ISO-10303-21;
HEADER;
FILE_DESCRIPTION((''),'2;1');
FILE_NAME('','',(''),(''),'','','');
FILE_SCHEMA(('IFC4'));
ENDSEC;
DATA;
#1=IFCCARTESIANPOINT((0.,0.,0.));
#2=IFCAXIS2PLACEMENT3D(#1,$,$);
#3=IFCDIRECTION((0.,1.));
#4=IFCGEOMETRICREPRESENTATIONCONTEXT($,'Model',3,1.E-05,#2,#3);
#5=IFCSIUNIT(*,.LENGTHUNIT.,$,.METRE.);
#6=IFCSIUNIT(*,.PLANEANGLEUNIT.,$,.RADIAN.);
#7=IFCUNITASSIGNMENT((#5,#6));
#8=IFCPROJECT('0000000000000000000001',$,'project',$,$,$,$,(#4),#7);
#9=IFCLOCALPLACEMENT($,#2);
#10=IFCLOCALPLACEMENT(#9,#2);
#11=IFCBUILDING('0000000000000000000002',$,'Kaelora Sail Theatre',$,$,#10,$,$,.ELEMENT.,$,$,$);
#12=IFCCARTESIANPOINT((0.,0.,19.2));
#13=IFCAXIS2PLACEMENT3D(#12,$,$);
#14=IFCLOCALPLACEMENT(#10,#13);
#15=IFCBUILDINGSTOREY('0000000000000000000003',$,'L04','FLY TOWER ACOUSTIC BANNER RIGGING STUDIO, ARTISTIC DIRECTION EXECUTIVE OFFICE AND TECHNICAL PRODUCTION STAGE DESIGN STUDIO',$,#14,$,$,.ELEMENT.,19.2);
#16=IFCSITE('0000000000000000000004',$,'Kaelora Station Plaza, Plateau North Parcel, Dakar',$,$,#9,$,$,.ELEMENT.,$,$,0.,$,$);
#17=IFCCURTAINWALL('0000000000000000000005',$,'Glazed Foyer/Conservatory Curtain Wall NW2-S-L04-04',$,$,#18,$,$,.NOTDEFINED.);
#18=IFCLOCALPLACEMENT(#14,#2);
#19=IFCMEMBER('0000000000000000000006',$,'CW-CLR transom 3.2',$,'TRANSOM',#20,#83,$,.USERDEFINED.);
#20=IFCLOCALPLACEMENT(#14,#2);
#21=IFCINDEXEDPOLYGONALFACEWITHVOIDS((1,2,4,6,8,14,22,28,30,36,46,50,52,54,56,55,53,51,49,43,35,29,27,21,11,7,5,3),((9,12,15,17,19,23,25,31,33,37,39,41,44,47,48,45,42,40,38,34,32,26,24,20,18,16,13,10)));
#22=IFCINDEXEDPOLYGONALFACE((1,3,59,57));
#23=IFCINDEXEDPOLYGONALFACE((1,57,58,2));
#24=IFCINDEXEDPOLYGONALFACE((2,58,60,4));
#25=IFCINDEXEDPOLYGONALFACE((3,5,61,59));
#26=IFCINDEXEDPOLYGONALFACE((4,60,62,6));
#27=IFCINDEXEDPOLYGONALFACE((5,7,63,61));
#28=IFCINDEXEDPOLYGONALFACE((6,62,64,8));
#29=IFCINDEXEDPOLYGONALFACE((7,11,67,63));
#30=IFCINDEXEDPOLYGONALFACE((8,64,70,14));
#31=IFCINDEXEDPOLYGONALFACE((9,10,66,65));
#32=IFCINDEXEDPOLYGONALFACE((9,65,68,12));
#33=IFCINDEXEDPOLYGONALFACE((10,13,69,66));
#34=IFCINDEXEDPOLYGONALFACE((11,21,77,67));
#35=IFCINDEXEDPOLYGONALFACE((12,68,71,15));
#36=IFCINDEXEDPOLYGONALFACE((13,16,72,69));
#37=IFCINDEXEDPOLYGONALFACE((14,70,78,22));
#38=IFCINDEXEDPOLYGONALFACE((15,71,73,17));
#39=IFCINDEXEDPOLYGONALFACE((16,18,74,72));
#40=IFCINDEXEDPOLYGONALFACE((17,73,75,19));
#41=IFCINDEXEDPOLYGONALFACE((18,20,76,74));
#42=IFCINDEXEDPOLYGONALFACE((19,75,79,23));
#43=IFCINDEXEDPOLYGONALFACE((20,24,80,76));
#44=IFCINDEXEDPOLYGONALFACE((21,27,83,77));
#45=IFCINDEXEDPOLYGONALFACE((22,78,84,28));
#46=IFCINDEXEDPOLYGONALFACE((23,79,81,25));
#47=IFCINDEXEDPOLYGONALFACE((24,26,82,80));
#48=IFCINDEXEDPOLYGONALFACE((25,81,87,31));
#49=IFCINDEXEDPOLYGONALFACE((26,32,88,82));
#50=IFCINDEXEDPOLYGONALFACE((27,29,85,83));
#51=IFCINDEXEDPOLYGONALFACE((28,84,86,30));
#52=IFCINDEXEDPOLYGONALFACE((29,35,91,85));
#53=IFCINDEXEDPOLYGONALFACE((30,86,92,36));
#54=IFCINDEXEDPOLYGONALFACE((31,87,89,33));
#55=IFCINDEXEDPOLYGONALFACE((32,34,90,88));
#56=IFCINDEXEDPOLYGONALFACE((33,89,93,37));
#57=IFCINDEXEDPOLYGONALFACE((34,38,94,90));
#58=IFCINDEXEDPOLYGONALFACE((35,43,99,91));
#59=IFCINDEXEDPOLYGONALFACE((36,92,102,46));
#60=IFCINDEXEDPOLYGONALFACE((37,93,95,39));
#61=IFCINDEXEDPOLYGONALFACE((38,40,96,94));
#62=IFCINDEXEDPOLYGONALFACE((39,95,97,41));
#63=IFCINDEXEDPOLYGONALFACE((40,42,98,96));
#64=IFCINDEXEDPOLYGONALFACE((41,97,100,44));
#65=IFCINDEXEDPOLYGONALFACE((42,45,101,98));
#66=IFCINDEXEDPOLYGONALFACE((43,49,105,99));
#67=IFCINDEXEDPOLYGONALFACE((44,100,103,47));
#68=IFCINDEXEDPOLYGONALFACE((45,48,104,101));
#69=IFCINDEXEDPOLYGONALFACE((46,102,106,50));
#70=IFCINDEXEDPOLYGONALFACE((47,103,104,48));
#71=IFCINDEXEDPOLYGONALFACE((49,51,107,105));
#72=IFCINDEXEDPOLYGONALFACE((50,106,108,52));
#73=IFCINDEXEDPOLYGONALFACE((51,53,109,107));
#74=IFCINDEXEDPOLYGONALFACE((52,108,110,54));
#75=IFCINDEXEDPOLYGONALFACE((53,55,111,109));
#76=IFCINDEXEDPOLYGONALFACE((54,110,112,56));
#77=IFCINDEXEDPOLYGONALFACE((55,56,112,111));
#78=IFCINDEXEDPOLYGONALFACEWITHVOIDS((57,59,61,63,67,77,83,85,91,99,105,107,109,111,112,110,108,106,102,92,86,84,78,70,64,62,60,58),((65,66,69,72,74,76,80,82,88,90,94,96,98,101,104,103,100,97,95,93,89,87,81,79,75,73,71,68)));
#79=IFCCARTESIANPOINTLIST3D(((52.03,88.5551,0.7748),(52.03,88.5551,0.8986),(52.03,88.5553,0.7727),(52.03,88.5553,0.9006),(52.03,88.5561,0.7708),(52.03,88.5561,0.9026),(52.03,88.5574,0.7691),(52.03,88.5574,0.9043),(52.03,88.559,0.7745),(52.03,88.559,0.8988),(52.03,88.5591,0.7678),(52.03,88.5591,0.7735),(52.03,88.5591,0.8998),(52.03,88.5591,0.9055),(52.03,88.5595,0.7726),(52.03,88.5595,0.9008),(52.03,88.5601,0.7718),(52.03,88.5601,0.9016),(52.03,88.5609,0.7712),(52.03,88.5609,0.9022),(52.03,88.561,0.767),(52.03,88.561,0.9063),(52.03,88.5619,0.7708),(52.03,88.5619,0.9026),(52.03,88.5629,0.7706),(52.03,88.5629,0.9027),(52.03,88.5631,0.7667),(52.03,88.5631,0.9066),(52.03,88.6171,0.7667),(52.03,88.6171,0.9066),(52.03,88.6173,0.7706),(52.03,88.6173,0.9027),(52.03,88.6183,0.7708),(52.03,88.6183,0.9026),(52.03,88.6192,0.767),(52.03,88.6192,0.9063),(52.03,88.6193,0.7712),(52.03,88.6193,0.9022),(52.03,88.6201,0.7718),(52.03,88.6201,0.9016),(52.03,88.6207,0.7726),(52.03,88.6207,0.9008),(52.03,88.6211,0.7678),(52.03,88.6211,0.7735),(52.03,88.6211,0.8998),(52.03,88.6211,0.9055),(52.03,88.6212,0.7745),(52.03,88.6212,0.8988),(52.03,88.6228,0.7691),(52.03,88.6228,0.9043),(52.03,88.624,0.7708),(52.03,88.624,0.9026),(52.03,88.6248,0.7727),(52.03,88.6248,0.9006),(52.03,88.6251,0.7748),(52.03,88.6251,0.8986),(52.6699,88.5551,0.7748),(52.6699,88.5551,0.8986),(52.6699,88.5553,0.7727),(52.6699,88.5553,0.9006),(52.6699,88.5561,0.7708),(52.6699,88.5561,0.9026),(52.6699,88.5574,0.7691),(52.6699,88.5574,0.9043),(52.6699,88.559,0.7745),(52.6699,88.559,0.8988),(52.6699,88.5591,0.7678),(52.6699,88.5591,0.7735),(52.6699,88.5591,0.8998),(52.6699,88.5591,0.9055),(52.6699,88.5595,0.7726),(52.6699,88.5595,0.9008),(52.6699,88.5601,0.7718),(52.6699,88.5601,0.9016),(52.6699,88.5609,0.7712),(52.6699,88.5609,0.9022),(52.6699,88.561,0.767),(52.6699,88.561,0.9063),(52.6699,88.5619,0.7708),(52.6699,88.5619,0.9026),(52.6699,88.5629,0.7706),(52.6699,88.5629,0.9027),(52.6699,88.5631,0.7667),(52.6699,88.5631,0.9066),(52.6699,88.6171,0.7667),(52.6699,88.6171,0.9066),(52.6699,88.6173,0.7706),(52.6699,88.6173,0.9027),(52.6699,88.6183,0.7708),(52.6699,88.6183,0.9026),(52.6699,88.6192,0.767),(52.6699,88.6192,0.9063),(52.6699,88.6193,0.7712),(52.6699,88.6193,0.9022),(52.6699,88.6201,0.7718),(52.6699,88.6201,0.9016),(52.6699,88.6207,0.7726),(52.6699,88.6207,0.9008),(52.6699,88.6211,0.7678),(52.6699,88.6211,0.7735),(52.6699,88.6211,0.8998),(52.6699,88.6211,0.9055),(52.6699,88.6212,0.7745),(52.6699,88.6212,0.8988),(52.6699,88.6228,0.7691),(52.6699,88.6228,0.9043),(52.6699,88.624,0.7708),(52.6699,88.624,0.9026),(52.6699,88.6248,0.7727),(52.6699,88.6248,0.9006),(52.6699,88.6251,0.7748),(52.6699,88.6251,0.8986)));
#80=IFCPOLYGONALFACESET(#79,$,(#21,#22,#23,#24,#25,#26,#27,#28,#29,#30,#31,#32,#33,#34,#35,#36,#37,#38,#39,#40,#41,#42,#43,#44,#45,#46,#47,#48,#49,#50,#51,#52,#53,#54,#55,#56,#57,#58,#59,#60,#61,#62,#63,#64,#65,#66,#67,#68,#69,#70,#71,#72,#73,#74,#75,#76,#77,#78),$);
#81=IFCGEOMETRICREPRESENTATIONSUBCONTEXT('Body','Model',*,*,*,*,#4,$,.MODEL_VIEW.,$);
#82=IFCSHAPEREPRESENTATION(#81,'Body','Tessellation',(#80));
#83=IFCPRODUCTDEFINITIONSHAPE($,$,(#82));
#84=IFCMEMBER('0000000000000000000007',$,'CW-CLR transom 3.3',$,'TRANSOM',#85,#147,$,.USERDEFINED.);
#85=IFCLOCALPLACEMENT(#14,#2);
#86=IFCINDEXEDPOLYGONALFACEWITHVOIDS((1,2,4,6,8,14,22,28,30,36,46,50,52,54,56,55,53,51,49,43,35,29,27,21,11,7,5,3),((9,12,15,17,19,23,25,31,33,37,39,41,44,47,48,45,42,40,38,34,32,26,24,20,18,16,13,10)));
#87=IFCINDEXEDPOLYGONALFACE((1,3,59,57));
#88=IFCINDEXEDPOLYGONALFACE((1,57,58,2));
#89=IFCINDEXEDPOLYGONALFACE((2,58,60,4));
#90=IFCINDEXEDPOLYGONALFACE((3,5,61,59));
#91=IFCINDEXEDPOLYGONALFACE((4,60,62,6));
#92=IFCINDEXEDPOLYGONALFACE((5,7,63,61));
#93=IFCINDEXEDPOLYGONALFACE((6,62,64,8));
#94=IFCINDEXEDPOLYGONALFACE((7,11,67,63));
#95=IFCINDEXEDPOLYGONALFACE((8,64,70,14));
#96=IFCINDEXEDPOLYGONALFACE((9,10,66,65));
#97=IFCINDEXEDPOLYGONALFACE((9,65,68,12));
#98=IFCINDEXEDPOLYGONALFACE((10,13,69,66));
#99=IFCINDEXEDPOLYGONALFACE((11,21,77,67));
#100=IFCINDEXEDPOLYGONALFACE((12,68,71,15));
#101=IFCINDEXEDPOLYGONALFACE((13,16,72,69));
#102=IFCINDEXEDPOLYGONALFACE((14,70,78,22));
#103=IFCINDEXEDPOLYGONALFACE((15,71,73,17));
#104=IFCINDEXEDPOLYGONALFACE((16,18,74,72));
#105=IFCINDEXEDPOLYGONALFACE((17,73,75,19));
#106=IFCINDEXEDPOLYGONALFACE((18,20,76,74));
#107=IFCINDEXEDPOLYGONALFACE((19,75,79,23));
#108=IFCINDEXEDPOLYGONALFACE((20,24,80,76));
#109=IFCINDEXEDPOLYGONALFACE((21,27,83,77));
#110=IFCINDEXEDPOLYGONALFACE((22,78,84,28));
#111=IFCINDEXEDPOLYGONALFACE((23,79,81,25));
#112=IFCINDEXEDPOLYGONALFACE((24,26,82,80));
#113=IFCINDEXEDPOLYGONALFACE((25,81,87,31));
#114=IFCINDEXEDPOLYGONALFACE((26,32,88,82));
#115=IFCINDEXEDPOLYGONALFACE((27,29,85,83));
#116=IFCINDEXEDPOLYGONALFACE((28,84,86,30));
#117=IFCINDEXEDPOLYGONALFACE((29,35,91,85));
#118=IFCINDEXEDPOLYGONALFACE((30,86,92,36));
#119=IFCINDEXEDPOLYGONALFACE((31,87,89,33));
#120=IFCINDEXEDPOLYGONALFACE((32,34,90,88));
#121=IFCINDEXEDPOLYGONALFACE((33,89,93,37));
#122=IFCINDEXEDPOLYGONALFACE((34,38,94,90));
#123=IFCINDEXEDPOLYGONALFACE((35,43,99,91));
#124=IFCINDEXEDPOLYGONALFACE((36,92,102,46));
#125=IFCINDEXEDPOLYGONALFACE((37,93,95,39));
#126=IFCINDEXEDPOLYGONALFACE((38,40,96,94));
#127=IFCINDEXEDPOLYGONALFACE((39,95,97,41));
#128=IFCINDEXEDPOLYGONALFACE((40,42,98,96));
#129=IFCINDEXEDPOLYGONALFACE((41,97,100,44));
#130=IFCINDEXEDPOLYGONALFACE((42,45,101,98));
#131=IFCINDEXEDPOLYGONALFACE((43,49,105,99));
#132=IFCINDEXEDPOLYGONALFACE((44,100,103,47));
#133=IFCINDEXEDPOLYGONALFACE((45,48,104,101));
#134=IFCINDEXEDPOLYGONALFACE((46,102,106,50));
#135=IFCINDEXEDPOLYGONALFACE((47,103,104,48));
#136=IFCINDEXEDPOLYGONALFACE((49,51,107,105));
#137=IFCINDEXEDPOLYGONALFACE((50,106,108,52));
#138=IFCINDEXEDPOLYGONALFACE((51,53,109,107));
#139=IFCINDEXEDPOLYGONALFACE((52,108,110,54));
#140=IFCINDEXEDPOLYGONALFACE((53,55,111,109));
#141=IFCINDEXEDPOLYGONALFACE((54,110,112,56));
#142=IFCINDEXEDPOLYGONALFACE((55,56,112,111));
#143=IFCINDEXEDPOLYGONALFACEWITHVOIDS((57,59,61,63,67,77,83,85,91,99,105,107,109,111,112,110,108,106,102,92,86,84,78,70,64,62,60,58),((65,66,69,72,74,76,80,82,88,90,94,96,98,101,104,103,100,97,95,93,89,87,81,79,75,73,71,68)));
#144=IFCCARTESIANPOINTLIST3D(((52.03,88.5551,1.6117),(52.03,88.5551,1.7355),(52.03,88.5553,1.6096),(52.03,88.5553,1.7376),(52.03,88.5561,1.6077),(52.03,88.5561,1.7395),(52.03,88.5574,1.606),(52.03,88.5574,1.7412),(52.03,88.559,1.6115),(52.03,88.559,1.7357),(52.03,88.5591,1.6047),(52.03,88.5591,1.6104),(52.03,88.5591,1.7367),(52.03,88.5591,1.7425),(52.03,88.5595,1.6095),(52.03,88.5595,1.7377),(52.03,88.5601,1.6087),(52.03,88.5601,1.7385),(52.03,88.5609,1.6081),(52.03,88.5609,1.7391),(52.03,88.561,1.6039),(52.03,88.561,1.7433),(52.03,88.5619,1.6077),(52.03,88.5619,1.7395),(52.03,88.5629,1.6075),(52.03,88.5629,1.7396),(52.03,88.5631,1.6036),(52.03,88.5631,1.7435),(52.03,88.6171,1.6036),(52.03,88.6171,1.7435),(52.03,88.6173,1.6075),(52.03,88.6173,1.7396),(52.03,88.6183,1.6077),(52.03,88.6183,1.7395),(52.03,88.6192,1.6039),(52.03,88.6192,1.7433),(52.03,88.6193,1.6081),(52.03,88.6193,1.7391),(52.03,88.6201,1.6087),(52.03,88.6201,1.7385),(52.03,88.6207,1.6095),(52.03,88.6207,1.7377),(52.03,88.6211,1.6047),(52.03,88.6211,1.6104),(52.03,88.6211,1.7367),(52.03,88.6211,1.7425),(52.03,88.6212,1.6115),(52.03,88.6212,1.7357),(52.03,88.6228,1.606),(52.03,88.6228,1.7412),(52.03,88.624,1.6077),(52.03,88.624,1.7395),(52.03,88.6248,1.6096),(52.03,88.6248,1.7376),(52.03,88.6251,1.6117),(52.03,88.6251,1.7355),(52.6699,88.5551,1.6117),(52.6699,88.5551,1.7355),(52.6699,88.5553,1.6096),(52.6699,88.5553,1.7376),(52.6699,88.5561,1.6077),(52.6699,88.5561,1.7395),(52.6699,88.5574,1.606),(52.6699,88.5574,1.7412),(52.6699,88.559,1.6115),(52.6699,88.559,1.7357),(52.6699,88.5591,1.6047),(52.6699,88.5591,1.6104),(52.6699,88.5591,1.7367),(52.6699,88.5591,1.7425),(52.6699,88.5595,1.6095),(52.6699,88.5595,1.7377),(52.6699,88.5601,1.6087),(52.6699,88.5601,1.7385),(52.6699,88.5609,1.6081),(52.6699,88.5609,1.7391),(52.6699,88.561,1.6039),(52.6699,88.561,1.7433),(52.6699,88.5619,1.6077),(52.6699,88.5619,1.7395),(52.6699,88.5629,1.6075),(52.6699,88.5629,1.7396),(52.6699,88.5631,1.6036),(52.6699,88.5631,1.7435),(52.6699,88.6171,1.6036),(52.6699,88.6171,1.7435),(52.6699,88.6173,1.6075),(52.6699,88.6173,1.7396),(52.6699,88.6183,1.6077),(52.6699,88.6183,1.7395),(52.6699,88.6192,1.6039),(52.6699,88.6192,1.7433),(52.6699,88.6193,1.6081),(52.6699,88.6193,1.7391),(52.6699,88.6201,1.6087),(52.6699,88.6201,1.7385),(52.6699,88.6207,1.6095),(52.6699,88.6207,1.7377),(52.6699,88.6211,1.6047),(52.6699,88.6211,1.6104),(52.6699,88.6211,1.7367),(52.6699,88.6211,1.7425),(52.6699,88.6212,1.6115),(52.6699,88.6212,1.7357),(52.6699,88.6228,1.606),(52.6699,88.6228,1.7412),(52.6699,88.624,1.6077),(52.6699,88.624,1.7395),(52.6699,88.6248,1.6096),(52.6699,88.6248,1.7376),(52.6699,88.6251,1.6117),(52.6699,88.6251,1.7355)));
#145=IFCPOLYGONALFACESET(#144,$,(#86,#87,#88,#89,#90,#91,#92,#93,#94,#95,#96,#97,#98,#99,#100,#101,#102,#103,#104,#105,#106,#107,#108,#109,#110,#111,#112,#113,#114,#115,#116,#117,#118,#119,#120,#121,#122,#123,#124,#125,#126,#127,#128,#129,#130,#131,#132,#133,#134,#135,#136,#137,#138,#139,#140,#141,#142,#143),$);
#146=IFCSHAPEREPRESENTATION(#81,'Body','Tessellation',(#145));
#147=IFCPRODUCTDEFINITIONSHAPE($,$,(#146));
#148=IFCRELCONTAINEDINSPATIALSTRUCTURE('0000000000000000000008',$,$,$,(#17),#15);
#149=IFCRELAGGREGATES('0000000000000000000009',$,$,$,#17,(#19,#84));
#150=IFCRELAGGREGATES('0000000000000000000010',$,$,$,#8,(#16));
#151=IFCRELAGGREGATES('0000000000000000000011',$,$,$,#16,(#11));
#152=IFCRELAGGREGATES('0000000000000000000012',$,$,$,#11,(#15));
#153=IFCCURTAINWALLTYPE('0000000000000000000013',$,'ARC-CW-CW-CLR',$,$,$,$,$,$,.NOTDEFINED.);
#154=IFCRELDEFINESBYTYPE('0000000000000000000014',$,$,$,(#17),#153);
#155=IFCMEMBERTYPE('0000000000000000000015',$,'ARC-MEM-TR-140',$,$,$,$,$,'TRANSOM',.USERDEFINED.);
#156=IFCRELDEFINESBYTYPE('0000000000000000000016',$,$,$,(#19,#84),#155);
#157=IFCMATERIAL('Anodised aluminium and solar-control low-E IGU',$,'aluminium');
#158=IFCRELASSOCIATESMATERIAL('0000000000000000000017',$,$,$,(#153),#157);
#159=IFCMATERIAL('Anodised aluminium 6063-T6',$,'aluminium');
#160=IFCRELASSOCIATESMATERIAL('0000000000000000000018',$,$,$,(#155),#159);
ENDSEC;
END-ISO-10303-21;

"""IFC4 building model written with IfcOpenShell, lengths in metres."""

from ifc_helpers import new_model, si_unit, direction, frame, origin, origin_2d, place, context, subcontext, project, spatial, hollow_rectangle, extrude, material, material_profile, profile_set, type_object, element, aggregate, save


model = new_model("IFC4")

# Units and contexts
model_context = context("Model", 3, precision=1e-05, world=origin(), true_north=direction((0.0, 1.0)))
body_context = subcontext(model_context, "Body", "Model", "MODEL_VIEW")
ifc_project = project(units=[si_unit("LENGTHUNIT", "METRE"), si_unit("PLANEANGLEUNIT", "RADIAN")], contexts=[model_context])

# Site, building, storey
site_placement = place(None, origin())
site = spatial("IfcSite", under=ifc_project, at=site_placement, Name="Kaelora Station Plaza, Plateau North Parcel, Dakar", CompositionType="ELEMENT", RefElevation=0.0)
building_placement = place(site_placement, origin())
building = spatial("IfcBuilding", under=site, at=building_placement, Name="Kaelora Sail Theatre", CompositionType="ELEMENT")
storey_placement = place(building_placement, frame((0.0, 0.0, 19.2)))
storey = spatial("IfcBuildingStorey", under=building, at=storey_placement, Name="L04", Description="FLY TOWER ACOUSTIC BANNER RIGGING STUDIO, ARTISTIC DIRECTION EXECUTIVE OFFICE AND TECHNICAL PRODUCTION STAGE DESIGN STUDIO", CompositionType="ELEMENT", Elevation=19.2)

# Curtain wall, members
ifc_material_1 = material(Name="Anodised aluminium and solar-control low-E IGU", Category="aluminium")
curtain_wall_type = type_object("IfcCurtainWallType", Name="ARC-CW-CW-CLR", PredefinedType="NOTDEFINED", material=ifc_material_1)
curtain_wall_placement = place(storey_placement, origin())
curtain_wall = element("IfcCurtainWall", 1, at=curtain_wall_placement, inside=storey, type_object=curtain_wall_type, Name="Glazed Foyer/Conservatory Curtain Wall NW2-S-L04-04", PredefinedType="NOTDEFINED")
ifc_material_2 = material(Name="Anodised aluminium 6063-T6", Category="aluminium")
ifc_material_profile_1 = material_profile(ifc_material_2, hollow_rectangle(XDim=0.0701, YDim=0.1399, WallThickness=0.0039, InnerFilletRadius=0.0039, OuterFilletRadius=0.0081, at=origin_2d()), Name="ALU-TRAN 70x140x4")
ifc_profile_set_1 = profile_set([ifc_material_profile_1], Name="Anodised aluminium 6063-T6")
member_type_1 = type_object("IfcMemberType", Name="ARC-MEM-TR-140", ElementType="TRANSOM", PredefinedType="USERDEFINED", material=ifc_profile_set_1)
member_1_placement = place(storey_placement, frame((52.03, 88.5901, 0.8367), z_axis=(1.0, 0.0, 0.0), x_axis=(0.0, 1.0, 0.0)))
member_1 = element("IfcMember", 2, at=member_1_placement, type_object=member_type_1, Name="CW-CLR transom 3.2", ObjectType="TRANSOM", PredefinedType="USERDEFINED", context=body_context, shape_type="SweptSolid", body=[
    extrude(hollow_rectangle(XDim=0.0701, YDim=0.1399, WallThickness=0.0039, InnerFilletRadius=0.0039, OuterFilletRadius=0.0081, at=origin_2d()), origin(), (0.0, 0.0, 1.0), 0.6399),
])
member_2_placement = place(storey_placement, frame((52.03, 88.5901, 1.6736), z_axis=(1.0, 0.0, 0.0), x_axis=(0.0, 1.0, 0.0)))
member_2 = element("IfcMember", 3, at=member_2_placement, type_object=member_type_1, Name="CW-CLR transom 3.3", ObjectType="TRANSOM", PredefinedType="USERDEFINED", context=body_context, shape_type="SweptSolid", body=[
    extrude(hollow_rectangle(XDim=0.0701, YDim=0.1399, WallThickness=0.0039, InnerFilletRadius=0.0039, OuterFilletRadius=0.0081, at=origin_2d()), origin(), (0.0, 0.0, 1.0), 0.6399),
])

aggregate(curtain_wall, [member_1, member_2])

save(model, "model.ifc")
